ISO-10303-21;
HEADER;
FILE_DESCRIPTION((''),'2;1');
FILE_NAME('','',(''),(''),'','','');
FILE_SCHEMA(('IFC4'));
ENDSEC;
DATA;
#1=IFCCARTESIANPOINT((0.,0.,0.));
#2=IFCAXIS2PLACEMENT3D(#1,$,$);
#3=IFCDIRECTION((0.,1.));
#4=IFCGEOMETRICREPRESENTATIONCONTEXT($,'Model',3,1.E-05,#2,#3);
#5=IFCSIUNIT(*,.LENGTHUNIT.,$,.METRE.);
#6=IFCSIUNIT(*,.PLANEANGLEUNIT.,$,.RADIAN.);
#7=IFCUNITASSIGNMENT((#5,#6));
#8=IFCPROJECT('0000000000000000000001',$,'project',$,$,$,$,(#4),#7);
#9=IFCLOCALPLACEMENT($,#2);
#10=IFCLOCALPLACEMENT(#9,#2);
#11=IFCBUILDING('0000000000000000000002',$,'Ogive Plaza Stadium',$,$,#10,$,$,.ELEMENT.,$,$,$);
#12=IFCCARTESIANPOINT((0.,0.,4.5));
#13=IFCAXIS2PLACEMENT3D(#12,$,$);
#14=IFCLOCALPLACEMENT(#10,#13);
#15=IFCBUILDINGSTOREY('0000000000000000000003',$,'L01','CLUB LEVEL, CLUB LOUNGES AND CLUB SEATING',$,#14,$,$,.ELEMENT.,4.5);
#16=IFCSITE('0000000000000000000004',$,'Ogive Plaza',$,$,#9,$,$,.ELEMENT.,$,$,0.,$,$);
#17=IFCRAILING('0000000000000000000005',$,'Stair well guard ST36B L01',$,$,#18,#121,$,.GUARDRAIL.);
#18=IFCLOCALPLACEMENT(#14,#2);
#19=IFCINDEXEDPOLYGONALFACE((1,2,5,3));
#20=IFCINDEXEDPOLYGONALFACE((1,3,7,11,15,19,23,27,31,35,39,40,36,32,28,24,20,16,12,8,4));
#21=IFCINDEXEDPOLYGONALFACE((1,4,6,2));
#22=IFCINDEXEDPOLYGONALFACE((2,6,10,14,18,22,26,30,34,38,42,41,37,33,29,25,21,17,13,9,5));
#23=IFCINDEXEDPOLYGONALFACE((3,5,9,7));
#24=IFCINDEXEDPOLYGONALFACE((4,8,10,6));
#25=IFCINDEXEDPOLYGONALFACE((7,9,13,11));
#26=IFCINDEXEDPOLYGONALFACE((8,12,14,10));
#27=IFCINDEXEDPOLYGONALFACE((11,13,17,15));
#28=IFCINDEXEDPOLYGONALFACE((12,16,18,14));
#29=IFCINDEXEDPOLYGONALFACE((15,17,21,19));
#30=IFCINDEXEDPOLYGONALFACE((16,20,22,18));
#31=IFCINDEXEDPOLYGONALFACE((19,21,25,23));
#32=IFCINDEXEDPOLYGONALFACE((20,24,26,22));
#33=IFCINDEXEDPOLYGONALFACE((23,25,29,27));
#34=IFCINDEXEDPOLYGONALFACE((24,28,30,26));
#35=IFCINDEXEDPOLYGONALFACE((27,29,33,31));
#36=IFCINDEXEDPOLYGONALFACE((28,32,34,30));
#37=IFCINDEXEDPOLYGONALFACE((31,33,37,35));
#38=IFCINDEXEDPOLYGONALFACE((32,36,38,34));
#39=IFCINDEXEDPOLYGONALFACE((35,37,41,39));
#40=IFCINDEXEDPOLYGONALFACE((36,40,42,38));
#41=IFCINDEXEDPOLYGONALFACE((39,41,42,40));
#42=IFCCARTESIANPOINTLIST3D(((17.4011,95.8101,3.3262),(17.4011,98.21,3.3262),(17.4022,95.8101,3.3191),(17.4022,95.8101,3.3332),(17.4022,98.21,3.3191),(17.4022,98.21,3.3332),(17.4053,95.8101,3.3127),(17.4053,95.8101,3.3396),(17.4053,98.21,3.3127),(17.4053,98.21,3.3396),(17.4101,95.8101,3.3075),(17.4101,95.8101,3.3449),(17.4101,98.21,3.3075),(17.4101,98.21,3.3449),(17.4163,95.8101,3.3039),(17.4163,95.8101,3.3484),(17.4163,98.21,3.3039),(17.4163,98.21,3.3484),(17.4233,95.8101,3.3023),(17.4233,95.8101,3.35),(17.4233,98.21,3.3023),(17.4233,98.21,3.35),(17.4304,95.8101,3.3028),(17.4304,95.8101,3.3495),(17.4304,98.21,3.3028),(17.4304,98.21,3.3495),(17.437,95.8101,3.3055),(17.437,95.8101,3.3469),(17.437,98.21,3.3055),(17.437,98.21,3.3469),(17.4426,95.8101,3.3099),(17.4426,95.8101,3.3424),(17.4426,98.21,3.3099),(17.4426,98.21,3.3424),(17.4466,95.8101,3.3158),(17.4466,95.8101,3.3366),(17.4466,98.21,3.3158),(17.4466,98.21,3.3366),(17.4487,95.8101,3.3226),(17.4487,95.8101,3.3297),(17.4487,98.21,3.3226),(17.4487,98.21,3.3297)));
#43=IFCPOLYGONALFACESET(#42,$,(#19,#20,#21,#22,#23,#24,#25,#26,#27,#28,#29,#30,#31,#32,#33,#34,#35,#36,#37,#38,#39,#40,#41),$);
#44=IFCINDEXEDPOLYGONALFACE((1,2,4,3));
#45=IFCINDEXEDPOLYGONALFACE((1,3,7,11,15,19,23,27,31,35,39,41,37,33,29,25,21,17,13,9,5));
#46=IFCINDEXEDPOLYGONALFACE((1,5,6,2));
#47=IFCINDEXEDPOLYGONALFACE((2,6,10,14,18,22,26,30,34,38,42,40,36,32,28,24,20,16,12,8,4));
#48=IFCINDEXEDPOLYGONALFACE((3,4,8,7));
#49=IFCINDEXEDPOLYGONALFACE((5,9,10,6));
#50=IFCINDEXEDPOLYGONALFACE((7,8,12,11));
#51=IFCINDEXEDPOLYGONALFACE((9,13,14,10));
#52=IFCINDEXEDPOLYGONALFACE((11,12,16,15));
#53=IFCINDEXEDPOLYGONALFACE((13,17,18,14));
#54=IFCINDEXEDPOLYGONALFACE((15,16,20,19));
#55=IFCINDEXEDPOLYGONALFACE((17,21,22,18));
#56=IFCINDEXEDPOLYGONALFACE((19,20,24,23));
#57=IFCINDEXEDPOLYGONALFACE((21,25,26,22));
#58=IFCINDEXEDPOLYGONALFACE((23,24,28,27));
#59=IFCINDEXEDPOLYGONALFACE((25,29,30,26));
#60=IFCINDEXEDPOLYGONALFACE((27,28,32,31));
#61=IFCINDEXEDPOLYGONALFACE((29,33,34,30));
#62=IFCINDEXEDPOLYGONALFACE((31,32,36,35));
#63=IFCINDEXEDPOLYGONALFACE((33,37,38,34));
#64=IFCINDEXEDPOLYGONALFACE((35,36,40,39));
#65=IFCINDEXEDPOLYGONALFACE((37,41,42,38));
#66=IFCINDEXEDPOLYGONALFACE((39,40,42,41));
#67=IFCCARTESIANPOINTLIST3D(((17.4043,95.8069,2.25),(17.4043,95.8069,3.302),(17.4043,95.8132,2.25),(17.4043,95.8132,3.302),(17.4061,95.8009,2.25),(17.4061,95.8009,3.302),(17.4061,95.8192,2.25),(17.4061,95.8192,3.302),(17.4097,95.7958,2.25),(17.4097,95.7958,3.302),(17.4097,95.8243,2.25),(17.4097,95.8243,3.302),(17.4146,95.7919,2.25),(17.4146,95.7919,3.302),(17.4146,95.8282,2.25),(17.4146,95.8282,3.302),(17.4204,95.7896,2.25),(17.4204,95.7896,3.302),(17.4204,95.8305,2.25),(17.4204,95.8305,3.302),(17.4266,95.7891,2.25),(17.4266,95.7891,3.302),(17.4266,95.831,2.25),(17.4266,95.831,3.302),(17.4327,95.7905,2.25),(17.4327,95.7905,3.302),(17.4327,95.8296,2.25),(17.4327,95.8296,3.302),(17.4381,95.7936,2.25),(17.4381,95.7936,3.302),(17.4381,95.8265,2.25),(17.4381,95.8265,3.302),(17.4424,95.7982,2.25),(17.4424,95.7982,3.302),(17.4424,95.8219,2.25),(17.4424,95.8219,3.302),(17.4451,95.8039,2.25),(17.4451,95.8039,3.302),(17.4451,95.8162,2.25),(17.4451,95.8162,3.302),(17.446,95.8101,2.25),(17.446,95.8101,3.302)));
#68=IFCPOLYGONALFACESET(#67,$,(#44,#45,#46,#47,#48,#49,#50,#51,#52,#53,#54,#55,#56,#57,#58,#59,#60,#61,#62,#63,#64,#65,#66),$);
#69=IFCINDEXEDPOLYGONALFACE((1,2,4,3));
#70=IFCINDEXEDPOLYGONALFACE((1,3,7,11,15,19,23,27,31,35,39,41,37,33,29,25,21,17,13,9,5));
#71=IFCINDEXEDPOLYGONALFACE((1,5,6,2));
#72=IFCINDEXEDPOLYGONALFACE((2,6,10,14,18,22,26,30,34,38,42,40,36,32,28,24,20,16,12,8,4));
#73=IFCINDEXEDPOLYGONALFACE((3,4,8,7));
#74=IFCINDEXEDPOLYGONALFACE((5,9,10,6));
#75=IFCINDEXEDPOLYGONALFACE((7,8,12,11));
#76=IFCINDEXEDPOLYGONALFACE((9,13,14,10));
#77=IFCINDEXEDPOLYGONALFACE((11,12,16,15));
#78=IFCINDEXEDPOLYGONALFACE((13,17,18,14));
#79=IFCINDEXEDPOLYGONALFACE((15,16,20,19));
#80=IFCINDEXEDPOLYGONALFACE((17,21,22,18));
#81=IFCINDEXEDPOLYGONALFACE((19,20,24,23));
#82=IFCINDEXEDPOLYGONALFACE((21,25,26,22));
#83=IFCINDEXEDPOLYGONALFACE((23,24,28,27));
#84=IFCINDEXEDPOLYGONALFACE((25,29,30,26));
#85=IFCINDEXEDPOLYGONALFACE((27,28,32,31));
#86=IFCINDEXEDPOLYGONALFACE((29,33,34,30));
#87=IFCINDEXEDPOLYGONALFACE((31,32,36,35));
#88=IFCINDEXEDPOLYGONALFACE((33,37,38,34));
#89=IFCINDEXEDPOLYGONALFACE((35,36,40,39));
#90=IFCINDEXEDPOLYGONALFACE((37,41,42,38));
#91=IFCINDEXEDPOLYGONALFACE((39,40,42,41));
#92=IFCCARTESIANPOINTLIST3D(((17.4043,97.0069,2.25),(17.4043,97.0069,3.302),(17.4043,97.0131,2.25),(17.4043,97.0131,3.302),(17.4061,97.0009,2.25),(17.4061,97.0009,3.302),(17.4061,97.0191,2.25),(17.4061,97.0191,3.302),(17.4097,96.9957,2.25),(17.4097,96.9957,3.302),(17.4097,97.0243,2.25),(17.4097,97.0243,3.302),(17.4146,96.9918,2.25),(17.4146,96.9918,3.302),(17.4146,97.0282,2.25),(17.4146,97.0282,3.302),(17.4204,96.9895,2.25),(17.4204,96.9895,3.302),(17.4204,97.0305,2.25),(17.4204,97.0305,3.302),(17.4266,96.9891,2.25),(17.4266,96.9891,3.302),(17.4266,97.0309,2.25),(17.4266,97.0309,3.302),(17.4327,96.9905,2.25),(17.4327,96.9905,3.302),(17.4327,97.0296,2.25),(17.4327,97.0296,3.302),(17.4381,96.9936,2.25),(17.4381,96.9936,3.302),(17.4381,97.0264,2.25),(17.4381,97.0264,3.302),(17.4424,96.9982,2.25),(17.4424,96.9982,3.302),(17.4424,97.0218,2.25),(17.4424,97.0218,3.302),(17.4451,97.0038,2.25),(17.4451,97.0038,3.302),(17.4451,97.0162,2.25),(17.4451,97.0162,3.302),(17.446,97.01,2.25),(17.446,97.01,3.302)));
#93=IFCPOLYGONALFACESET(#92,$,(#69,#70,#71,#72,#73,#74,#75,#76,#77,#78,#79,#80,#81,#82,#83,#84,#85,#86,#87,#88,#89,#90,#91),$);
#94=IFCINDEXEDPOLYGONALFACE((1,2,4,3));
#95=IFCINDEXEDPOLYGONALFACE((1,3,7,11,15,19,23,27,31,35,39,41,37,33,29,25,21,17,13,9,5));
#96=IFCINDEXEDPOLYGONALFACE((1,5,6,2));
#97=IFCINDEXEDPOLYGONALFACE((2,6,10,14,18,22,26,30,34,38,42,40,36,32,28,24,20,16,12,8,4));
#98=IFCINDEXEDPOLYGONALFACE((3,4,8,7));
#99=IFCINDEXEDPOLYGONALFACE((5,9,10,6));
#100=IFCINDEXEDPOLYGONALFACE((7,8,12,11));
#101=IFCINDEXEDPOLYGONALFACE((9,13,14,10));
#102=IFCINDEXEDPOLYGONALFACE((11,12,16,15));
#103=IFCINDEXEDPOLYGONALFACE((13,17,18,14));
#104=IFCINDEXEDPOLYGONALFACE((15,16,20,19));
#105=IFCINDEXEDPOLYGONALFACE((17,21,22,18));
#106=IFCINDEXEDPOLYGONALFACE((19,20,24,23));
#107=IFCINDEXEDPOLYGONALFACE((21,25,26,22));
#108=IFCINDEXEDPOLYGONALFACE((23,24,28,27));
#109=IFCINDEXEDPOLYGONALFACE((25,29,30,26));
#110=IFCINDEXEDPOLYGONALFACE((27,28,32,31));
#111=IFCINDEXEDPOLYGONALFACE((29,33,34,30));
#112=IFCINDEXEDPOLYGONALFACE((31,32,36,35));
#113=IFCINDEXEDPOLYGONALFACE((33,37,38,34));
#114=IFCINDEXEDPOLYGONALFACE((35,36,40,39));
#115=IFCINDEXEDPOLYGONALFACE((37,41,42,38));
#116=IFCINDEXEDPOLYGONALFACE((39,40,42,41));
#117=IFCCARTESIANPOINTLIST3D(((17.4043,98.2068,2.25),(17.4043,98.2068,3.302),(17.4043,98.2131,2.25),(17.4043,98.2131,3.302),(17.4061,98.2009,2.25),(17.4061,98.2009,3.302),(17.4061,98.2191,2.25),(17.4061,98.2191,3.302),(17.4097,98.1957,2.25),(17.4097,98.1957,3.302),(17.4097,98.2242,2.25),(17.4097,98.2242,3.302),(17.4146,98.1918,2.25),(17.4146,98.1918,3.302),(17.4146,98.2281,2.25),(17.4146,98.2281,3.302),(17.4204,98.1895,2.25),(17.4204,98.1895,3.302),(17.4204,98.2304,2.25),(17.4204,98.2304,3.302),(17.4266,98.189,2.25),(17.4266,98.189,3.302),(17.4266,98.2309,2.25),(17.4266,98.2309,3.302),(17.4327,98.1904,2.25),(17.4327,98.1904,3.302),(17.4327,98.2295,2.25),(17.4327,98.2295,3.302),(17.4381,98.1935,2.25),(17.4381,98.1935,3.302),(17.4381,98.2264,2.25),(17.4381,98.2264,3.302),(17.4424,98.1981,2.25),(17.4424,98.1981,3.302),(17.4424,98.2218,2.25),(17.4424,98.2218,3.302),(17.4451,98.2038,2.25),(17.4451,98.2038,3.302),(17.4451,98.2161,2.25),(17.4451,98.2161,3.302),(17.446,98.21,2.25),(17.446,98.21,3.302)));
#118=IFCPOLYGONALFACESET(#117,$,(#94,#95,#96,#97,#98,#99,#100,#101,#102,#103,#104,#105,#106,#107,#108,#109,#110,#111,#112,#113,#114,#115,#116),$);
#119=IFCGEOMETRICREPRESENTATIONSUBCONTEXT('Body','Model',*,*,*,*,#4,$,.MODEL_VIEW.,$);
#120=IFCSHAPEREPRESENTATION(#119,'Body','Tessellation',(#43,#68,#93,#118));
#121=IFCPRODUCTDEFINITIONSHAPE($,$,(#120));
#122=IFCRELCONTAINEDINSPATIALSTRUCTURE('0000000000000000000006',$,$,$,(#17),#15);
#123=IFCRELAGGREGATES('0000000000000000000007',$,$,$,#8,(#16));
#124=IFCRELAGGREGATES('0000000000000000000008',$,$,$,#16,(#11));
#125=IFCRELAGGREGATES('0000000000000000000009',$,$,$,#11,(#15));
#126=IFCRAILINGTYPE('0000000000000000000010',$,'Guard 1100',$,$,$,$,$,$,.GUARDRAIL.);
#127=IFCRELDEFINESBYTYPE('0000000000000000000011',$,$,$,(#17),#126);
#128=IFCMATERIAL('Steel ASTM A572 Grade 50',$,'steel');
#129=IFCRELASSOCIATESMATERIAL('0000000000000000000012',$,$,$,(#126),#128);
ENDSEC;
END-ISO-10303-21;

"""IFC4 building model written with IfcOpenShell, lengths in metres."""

from ifc_helpers import new_model, si_unit, direction, frame, origin, origin_2d, place, context, subcontext, project, spatial, circle, extrude, material, type_object, element, save


model = new_model("IFC4")

# Units and contexts
model_context = context("Model", 3, precision=1e-05, world=origin(), true_north=direction((0.0, 1.0)))
body_context = subcontext(model_context, "Body", "Model", "MODEL_VIEW")
ifc_project = project(units=[si_unit("LENGTHUNIT", "METRE"), si_unit("PLANEANGLEUNIT", "RADIAN")], contexts=[model_context])

# Site, building, storey
site_placement = place(None, origin())
site = spatial("IfcSite", under=ifc_project, at=site_placement, Name="Ogive Plaza", CompositionType="ELEMENT", RefElevation=0.0)
building_placement = place(site_placement, origin())
building = spatial("IfcBuilding", under=site, at=building_placement, Name="Ogive Plaza Stadium", CompositionType="ELEMENT")
storey_placement = place(building_placement, frame((0.0, 0.0, 4.5)))
storey = spatial("IfcBuildingStorey", under=building, at=storey_placement, Name="L01", Description="CLUB LEVEL, CLUB LOUNGES AND CLUB SEATING", CompositionType="ELEMENT", Elevation=4.5)

# Railing
ifc_material_1 = material(Name="Steel ASTM A572 Grade 50", Category="steel")
railing_type_1 = type_object("IfcRailingType", Name="Guard 1100", PredefinedType="GUARDRAIL", material=ifc_material_1)
railing_placement = place(storey_placement, frame((17.425, 95.8101, 2.25)))
element("IfcRailing", 1, at=railing_placement, inside=storey, type_object=railing_type_1, Name="Stair well guard ST36B L01", PredefinedType="GUARDRAIL", context=body_context, shape_type="SweptSolid", body=[
    extrude(circle(Radius=0.0239, at=origin_2d()), frame((0.0, 0.0, 1.0762), z_axis=(0.0, 1.0, 0.0), x_axis=(-1.0, 0.0, 0.0)), (0.0, 0.0, 1.0), 2.3999),
    extrude(circle(Radius=0.021, at=origin_2d()), origin(), (0.0, 0.0, 1.0), 1.052),
    extrude(circle(Radius=0.021, at=origin_2d()), frame((0.0, 1.2, 0.0)), (0.0, 0.0, 1.0), 1.052),
    extrude(circle(Radius=0.021, at=origin_2d()), frame((0.0, 2.3999, 0.0)), (0.0, 0.0, 1.0), 1.052),
])

save(model, "model.ifc")
